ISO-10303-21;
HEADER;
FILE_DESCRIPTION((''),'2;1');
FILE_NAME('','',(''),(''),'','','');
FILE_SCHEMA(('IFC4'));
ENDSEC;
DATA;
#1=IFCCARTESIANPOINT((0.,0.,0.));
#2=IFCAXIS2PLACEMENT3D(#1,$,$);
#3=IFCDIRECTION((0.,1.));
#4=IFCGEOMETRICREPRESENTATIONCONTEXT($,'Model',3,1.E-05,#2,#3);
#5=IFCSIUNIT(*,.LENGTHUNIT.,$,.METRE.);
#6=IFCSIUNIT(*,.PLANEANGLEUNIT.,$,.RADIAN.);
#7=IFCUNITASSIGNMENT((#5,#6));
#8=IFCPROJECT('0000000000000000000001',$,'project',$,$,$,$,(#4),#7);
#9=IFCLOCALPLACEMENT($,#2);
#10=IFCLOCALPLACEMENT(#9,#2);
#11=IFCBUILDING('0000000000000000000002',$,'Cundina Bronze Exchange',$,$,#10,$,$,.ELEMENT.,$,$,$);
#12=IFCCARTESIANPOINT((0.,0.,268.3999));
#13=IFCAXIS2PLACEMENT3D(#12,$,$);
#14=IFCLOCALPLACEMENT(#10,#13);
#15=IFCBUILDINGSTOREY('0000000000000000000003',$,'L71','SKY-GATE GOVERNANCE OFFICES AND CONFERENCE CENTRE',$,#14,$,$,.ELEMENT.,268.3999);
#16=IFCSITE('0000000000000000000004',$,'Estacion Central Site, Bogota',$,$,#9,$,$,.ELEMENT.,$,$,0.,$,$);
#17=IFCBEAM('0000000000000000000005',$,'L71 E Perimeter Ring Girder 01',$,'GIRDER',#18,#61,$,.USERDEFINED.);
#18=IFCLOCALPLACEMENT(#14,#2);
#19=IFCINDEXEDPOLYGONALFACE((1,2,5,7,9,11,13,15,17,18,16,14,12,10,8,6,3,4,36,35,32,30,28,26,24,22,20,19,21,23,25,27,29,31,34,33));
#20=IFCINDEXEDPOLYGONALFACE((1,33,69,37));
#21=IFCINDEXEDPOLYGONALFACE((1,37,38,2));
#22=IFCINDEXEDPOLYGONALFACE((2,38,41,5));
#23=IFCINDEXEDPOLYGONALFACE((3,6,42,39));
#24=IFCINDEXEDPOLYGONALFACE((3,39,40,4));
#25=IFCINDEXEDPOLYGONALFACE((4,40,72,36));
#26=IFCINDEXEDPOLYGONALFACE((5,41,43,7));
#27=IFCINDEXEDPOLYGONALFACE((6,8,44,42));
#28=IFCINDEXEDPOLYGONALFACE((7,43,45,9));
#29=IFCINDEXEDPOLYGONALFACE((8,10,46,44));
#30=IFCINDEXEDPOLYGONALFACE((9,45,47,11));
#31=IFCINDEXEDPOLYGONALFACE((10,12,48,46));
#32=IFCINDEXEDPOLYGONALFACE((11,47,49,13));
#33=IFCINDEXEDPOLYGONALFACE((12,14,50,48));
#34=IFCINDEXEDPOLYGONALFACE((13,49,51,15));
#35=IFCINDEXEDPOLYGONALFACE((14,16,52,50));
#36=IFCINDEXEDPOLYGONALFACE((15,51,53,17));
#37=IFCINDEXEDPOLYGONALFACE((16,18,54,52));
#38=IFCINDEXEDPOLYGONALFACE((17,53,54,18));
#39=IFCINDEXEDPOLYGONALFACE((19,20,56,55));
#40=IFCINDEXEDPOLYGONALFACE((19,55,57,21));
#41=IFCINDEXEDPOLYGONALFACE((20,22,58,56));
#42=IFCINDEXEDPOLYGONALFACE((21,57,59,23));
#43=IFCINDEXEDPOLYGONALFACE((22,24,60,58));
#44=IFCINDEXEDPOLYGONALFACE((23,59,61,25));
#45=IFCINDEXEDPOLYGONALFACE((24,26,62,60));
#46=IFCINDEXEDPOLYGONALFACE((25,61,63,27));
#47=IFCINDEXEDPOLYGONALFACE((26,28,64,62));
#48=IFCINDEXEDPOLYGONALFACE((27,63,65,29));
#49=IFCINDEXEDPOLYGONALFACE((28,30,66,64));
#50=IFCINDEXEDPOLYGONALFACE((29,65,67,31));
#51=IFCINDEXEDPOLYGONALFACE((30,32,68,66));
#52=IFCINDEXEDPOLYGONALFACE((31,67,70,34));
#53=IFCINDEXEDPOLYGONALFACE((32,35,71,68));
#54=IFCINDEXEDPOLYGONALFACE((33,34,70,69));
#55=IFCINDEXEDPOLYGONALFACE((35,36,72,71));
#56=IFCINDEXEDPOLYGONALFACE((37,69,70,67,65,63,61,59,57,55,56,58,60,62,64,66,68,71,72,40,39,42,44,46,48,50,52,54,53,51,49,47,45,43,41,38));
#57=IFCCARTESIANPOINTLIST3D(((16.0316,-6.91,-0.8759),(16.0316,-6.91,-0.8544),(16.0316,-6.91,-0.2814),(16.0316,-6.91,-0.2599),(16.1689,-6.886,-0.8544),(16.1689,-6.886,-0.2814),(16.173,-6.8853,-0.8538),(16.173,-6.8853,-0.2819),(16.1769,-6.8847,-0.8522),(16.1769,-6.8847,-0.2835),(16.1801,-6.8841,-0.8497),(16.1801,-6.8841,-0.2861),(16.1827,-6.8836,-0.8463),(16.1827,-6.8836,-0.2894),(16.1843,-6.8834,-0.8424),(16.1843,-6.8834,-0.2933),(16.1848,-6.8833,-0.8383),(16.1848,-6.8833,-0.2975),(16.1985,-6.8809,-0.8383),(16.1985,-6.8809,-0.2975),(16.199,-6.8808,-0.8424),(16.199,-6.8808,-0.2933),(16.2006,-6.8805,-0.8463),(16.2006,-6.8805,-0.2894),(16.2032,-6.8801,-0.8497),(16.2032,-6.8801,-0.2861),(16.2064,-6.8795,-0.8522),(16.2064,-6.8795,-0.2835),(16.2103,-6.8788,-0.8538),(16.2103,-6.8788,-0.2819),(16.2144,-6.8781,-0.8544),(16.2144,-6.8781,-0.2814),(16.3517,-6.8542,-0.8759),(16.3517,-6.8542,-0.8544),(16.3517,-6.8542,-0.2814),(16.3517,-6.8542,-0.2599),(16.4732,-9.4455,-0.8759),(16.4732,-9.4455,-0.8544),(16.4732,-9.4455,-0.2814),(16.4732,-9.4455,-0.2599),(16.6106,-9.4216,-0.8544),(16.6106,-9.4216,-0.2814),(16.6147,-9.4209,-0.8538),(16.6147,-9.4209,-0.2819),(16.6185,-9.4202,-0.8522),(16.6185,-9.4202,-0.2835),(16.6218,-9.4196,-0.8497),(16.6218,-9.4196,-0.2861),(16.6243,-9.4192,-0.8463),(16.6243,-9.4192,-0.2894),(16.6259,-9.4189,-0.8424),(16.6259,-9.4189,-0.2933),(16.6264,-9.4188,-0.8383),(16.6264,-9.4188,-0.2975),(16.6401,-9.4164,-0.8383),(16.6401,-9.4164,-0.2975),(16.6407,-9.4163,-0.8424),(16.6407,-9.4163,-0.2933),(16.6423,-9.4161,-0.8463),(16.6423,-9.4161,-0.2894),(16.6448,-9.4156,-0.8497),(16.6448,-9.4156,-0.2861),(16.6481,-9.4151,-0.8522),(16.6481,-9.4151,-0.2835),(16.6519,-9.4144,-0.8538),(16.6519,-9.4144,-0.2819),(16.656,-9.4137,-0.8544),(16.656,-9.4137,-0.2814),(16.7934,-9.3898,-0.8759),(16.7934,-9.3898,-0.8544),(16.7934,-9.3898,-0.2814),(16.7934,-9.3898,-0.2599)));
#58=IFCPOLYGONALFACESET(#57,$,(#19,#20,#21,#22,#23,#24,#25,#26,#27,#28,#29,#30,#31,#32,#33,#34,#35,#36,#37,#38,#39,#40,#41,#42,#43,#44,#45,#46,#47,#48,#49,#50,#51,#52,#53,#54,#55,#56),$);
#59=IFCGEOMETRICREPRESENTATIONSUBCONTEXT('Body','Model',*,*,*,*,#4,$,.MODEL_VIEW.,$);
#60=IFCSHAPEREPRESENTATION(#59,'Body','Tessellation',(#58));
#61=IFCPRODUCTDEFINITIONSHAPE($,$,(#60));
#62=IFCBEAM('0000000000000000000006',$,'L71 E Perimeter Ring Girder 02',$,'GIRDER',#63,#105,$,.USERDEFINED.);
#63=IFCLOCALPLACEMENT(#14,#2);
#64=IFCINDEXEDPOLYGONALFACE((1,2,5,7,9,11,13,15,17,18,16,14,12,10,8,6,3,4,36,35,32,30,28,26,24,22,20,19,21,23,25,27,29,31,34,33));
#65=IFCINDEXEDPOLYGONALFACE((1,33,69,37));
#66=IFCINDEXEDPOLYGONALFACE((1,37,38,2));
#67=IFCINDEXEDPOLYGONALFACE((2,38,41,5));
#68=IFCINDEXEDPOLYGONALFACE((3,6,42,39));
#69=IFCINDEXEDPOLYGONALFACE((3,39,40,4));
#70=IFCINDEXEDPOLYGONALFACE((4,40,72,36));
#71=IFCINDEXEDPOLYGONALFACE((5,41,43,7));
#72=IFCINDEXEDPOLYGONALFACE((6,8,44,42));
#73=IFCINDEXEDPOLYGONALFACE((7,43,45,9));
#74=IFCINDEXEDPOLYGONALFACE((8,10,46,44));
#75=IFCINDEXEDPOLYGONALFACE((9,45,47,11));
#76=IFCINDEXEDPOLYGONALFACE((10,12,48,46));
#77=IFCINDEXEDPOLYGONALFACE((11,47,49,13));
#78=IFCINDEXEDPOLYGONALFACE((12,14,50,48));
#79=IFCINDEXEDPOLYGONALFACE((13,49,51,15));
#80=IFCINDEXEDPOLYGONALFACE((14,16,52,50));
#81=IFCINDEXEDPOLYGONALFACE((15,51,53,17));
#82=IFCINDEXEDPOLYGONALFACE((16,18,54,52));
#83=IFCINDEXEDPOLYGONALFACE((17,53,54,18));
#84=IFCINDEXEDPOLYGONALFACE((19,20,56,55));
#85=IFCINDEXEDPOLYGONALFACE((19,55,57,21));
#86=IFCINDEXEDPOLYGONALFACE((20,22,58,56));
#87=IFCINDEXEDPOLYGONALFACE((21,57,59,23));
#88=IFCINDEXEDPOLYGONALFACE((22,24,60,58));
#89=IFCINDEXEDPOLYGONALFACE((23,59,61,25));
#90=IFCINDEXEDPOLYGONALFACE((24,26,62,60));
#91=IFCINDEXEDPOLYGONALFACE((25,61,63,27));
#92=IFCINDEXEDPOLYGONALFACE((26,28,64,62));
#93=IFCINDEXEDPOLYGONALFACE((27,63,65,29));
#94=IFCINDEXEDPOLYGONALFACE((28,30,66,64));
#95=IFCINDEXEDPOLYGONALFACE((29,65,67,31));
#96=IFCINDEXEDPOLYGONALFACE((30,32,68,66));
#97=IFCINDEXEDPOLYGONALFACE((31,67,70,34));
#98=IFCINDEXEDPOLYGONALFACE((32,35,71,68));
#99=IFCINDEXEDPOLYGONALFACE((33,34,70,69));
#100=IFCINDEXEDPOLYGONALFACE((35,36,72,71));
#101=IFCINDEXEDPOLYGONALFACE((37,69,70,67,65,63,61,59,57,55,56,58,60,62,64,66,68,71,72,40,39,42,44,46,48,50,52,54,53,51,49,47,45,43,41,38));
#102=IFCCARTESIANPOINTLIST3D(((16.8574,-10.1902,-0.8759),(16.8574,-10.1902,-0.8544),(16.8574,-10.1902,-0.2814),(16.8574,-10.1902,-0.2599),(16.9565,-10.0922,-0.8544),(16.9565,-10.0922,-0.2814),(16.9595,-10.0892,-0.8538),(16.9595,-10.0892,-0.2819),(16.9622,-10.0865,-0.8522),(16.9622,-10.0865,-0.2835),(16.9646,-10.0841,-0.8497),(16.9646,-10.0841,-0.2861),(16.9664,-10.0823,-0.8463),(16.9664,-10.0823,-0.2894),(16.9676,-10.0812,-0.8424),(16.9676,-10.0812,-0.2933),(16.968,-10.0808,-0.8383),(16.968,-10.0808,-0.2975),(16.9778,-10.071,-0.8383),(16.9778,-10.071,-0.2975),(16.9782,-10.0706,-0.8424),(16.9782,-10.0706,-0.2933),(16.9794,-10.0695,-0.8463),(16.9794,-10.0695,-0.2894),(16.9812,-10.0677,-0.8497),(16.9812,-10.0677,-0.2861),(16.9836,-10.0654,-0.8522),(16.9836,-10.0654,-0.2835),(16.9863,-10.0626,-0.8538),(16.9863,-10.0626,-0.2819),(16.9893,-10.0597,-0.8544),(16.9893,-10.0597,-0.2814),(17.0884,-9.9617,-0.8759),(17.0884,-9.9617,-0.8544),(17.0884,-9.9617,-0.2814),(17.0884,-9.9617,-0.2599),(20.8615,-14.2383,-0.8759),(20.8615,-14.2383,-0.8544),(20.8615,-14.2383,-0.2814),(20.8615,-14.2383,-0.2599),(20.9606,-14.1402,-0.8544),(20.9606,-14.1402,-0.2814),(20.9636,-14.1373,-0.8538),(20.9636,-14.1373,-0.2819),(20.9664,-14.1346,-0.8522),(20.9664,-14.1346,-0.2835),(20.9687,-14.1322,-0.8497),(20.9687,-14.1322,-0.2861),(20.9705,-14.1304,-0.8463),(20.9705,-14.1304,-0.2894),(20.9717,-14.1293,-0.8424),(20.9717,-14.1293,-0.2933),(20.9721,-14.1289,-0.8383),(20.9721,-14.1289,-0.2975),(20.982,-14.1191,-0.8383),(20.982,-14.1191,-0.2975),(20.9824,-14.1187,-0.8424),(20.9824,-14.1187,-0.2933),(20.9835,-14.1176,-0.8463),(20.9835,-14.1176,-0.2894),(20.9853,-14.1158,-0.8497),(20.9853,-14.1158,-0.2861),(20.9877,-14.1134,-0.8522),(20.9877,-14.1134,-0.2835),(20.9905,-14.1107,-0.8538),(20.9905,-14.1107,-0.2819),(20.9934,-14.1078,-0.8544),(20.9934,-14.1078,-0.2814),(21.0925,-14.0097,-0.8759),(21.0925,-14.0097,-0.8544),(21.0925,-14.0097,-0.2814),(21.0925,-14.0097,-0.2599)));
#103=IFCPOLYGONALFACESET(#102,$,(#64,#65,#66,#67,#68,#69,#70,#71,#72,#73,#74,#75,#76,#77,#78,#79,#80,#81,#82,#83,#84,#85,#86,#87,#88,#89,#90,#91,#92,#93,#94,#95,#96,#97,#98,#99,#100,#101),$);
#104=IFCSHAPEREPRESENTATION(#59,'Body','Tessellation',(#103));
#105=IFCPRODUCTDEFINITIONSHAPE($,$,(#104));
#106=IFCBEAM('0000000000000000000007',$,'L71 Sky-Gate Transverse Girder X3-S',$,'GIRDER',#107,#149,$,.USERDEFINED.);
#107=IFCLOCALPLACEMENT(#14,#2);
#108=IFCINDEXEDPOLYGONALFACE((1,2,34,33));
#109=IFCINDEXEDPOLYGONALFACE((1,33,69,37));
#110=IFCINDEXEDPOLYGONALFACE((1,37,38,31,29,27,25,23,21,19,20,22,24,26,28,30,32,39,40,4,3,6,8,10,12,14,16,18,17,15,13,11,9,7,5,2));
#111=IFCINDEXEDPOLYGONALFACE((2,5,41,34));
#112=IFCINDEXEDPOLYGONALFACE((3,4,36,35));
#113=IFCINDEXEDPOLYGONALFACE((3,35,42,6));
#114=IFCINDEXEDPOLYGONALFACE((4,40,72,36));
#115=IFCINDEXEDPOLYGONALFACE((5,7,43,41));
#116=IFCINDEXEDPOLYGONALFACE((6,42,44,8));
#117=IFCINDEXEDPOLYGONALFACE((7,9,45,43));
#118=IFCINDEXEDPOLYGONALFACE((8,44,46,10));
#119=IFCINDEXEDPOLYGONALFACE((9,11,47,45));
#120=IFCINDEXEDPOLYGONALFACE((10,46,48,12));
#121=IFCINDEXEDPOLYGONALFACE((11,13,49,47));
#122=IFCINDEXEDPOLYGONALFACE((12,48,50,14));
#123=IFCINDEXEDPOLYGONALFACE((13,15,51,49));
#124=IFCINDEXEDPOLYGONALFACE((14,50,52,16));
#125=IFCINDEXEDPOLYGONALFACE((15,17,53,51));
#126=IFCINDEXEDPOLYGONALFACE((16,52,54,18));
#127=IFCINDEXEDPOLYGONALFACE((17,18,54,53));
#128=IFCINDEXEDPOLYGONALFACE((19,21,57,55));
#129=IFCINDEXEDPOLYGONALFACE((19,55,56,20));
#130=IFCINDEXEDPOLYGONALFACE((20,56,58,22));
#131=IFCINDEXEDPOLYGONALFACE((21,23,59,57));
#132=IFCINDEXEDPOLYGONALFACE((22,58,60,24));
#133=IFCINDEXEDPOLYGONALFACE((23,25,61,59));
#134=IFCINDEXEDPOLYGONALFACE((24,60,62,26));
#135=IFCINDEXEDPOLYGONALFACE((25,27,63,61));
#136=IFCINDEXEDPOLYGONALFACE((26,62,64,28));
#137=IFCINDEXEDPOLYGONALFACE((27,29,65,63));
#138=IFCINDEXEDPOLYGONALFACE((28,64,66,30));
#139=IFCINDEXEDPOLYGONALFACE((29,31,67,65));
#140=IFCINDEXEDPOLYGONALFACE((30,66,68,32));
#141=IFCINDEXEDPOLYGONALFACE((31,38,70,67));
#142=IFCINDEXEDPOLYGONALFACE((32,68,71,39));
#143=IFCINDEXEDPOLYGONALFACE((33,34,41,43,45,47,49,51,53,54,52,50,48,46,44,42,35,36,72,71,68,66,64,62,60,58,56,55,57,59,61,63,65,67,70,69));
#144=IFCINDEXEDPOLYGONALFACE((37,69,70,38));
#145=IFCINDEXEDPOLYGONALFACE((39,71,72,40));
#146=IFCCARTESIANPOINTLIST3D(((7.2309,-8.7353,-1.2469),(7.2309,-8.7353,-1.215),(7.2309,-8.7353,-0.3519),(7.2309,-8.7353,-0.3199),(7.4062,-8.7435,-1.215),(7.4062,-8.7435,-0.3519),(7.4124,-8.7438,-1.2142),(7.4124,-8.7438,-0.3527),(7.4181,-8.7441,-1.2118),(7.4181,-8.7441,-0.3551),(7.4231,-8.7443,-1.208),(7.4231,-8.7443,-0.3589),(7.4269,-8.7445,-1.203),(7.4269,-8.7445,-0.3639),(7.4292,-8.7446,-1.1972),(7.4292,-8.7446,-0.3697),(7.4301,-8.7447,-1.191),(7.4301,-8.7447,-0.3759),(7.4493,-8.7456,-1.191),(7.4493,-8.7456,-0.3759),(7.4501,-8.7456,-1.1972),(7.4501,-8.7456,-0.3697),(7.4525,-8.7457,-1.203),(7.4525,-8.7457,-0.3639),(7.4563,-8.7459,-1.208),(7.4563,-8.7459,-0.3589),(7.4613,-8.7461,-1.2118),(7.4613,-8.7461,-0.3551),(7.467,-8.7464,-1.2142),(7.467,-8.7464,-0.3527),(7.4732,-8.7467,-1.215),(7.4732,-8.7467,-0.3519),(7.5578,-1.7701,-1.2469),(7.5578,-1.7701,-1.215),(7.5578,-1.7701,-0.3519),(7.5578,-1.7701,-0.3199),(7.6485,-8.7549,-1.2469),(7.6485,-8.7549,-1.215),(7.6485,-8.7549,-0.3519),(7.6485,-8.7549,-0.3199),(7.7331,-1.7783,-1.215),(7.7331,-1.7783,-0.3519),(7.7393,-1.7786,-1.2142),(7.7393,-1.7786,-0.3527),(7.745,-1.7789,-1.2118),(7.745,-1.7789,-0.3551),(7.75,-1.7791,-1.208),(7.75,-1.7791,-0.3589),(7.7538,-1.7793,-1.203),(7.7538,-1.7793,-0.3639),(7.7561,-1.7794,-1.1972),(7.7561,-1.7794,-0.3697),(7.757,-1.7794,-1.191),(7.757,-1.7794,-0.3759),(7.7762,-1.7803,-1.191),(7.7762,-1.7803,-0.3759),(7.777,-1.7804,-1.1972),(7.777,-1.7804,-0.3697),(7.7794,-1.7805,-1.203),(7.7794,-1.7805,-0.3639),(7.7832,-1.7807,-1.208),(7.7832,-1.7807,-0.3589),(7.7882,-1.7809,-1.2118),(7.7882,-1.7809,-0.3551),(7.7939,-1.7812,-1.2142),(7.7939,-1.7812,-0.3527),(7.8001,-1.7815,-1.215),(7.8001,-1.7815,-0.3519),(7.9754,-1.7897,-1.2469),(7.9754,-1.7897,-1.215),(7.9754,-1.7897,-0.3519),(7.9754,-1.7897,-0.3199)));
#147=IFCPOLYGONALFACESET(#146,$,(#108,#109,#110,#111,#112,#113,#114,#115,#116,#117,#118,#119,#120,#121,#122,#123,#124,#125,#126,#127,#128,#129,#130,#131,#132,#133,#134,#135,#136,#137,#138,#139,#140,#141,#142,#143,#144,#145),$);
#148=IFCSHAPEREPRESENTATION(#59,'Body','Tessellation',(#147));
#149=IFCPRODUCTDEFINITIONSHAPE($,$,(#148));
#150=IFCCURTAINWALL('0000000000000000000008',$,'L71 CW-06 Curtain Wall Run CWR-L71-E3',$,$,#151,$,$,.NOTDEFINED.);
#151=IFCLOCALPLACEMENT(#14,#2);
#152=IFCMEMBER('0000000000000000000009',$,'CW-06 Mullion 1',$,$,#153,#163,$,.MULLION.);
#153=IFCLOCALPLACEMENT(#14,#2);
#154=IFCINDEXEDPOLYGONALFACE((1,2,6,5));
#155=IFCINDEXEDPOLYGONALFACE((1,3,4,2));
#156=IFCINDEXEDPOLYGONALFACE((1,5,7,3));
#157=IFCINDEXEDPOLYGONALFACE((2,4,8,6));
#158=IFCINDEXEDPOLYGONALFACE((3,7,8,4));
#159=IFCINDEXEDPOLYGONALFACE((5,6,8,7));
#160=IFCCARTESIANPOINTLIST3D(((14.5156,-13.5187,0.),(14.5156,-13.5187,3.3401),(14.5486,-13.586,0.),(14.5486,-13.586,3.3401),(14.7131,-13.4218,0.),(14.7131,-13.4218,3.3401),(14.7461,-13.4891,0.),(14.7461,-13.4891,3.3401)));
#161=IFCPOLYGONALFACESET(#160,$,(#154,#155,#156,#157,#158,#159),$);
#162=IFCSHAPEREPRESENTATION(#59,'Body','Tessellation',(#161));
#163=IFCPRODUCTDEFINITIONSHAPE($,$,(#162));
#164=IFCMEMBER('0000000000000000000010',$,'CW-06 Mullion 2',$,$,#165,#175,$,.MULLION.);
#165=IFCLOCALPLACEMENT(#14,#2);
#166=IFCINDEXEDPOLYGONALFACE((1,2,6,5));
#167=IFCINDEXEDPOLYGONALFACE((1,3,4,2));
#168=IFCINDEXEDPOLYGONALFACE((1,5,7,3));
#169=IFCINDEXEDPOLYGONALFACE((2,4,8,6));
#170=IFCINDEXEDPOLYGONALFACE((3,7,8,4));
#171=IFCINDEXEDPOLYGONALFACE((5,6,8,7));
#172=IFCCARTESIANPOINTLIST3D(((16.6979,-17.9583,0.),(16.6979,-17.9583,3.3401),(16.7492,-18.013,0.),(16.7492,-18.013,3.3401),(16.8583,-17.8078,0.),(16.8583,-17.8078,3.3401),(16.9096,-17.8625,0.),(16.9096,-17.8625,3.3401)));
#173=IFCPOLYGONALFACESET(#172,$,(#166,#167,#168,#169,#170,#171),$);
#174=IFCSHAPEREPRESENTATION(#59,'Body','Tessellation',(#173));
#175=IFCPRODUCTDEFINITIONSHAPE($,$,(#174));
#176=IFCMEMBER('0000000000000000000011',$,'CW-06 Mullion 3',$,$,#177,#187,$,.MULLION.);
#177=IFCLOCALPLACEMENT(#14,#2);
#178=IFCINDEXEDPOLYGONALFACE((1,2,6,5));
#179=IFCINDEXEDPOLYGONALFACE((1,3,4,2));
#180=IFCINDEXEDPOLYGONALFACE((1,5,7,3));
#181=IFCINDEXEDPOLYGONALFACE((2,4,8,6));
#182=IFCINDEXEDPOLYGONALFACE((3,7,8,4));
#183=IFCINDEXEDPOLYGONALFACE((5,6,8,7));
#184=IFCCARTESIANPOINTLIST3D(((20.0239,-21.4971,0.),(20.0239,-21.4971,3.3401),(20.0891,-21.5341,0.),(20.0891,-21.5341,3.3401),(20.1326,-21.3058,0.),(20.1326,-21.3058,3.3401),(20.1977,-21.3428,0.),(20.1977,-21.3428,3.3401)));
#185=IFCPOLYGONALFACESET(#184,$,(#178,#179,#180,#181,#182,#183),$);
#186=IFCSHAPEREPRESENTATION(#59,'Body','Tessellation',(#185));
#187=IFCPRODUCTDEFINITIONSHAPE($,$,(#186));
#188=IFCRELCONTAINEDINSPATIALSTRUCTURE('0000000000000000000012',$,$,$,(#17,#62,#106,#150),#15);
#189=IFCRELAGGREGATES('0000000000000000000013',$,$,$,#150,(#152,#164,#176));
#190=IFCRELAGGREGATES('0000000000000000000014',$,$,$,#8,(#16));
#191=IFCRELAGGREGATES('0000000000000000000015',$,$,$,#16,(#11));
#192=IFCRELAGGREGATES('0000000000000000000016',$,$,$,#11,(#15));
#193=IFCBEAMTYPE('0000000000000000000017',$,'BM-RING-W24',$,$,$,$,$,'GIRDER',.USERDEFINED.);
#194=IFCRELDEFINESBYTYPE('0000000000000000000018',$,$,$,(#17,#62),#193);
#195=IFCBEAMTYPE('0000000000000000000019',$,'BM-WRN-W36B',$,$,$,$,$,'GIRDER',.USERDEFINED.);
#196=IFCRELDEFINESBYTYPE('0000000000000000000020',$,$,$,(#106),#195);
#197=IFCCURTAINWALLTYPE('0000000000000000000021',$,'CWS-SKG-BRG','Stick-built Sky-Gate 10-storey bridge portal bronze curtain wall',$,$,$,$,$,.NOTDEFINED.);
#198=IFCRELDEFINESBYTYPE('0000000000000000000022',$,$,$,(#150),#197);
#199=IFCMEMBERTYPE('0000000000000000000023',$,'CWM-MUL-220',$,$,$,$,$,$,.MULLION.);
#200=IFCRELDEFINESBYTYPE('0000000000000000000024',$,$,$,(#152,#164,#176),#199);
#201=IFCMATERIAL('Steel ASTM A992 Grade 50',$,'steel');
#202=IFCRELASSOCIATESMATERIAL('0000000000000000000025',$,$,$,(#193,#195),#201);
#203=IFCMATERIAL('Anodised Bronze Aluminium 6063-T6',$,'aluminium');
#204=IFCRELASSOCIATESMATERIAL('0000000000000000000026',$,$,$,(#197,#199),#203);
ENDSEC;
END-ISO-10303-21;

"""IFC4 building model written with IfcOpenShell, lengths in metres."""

from ifc_helpers import new_model, si_unit, direction, frame, origin, origin_2d, place, context, subcontext, project, spatial, rectangle, i_section, extrude, material, material_profile, profile_set, type_object, element, aggregate, save


model = new_model("IFC4")

# Units and contexts
model_context = context("Model", 3, precision=1e-05, world=origin(), true_north=direction((0.0, 1.0)))
body_context = subcontext(model_context, "Body", "Model", "MODEL_VIEW")
ifc_project = project(units=[si_unit("LENGTHUNIT", "METRE"), si_unit("PLANEANGLEUNIT", "RADIAN")], contexts=[model_context])

# Site, building, storey
site_placement = place(None, origin())
site = spatial("IfcSite", under=ifc_project, at=site_placement, Name="Estacion Central Site, Bogota", CompositionType="ELEMENT", RefElevation=0.0)
building_placement = place(site_placement, origin())
building = spatial("IfcBuilding", under=site, at=building_placement, Name="Cundina Bronze Exchange", CompositionType="ELEMENT")
storey_placement = place(building_placement, frame((0.0, 0.0, 268.3999)))
storey = spatial("IfcBuildingStorey", under=building, at=storey_placement, Name="L71", Description="SKY-GATE GOVERNANCE OFFICES AND CONFERENCE CENTRE", CompositionType="ELEMENT", Elevation=268.3999)

# Beams
ifc_material_1 = material(Name="Steel ASTM A992 Grade 50", Category="steel")
ifc_material_profile_1 = material_profile(ifc_material_1, i_section(OverallWidth=0.325, OverallDepth=0.616, WebThickness=0.0139, FlangeThickness=0.0215, FilletRadius=0.0161, at=origin_2d()), Name="W24X117", Category="steel")
ifc_profile_set_1 = profile_set([ifc_material_profile_1], Name="Steel ASTM A992 Grade 50")
beam_type_1 = type_object("IfcBeamType", Name="BM-RING-W24", ElementType="GIRDER", PredefinedType="USERDEFINED", material=ifc_profile_set_1)
beam_1_placement = place(storey_placement, frame((16.1917, -6.8821, -0.5679), z_axis=(0.171593, -0.985168, 0.0), x_axis=(0.985168, 0.171593, 0.0)))
element("IfcBeam", 1, at=beam_1_placement, inside=storey, type_object=beam_type_1, Name="L71 E Perimeter Ring Girder 01", ObjectType="GIRDER", PredefinedType="USERDEFINED", context=body_context, shape_type="SweptSolid", body=[
    extrude(i_section(OverallWidth=0.325, OverallDepth=0.616, WebThickness=0.0139, FlangeThickness=0.0215, FilletRadius=0.0161, at=origin_2d()), origin(), (0.0, 0.0, 1.0), 2.5737),
])
beam_2_placement = place(storey_placement, frame((16.9729, -10.0759, -0.5679), z_axis=(0.703237, -0.710955, 0.0), x_axis=(0.710955, 0.703237, 0.0)))
element("IfcBeam", 2, at=beam_2_placement, inside=storey, type_object=beam_type_1, Name="L71 E Perimeter Ring Girder 02", ObjectType="GIRDER", PredefinedType="USERDEFINED", context=body_context, shape_type="SweptSolid", body=[
    extrude(i_section(OverallWidth=0.325, OverallDepth=0.616, WebThickness=0.0139, FlangeThickness=0.0215, FilletRadius=0.0161, at=origin_2d()), origin(), (0.0, 0.0, 1.0), 5.6938),
])
ifc_material_profile_2 = material_profile(ifc_material_1, i_section(OverallWidth=0.418, OverallDepth=0.927, WebThickness=0.0193, FlangeThickness=0.032, FilletRadius=0.0239, at=origin_2d()), Name="W36X231", Category="steel")
ifc_profile_set_2 = profile_set([ifc_material_profile_2], Name="Steel ASTM A992 Grade 50")
beam_type_2 = type_object("IfcBeamType", Name="BM-WRN-W36B", ElementType="GIRDER", PredefinedType="USERDEFINED", material=ifc_profile_set_2)
beam_3_placement = place(storey_placement, frame((7.4397, -8.7451, -0.7834), z_axis=(0.046881, 0.9989, 0.0), x_axis=(-0.9989, 0.046881, 0.0)))
element("IfcBeam", 3, at=beam_3_placement, inside=storey, type_object=beam_type_2, Name="L71 Sky-Gate Transverse Girder X3-S", ObjectType="GIRDER", PredefinedType="USERDEFINED", context=body_context, shape_type="SweptSolid", body=[
    extrude(i_section(OverallWidth=0.418, OverallDepth=0.927, WebThickness=0.0193, FlangeThickness=0.032, FilletRadius=0.0239, at=origin_2d()), origin(), (0.0, 0.0, 1.0), 6.9729),
])

# Curtain wall, members
ifc_material_2 = material(Name="Anodised Bronze Aluminium 6063-T6", Category="aluminium")
curtain_wall_type = type_object("IfcCurtainWallType", Name="CWS-SKG-BRG", Description="Stick-built Sky-Gate 10-storey bridge portal bronze curtain wall", PredefinedType="NOTDEFINED", material=ifc_material_2)
curtain_wall_1_placement = place(storey_placement, origin())
curtain_wall_1 = element("IfcCurtainWall", 4, at=curtain_wall_1_placement, inside=storey, type_object=curtain_wall_type, Name="L71 CW-06 Curtain Wall Run CWR-L71-E3", PredefinedType="NOTDEFINED")
ifc_material_profile_3 = material_profile(ifc_material_2, rectangle(XDim=0.075, YDim=0.22, at=origin_2d()), Name="AL75X220", Category="aluminium")
ifc_profile_set_3 = profile_set([ifc_material_profile_3], Name="Anodised Bronze Aluminium 6063-T6")
member_type_1 = type_object("IfcMemberType", Name="CWM-MUL-220", PredefinedType="MULLION", material=ifc_profile_set_3)
member_1_placement = place(storey_placement, frame((14.6309, -13.5039, 0.0), z_axis=(0.0, 0.0, 1.0), x_axis=(0.440566, -0.89772, 0.0)))
member_1 = element("IfcMember", 5, at=member_1_placement, type_object=member_type_1, Name="CW-06 Mullion 1", PredefinedType="MULLION", context=body_context, shape_type="SweptSolid", body=[
    extrude(rectangle(XDim=0.075, YDim=0.22, at=origin_2d()), origin(), (0.0, 0.0, 1.0), 3.3401),
])
member_2_placement = place(storey_placement, frame((16.8037, -17.9104, 0.0), z_axis=(0.0, 0.0, 1.0), x_axis=(0.684293, -0.729208, 0.0)))
member_2 = element("IfcMember", 6, at=member_2_placement, type_object=member_type_1, Name="CW-06 Mullion 2", PredefinedType="MULLION", context=body_context, shape_type="SweptSolid", body=[
    extrude(rectangle(XDim=0.075, YDim=0.22, at=origin_2d()), origin(), (0.0, 0.0, 1.0), 3.3401),
])
member_3_placement = place(storey_placement, frame((20.1108, -21.4199, 0.0), z_axis=(0.0, 0.0, 1.0), x_axis=(0.869581, -0.49379, 0.0)))
member_3 = element("IfcMember", 7, at=member_3_placement, type_object=member_type_1, Name="CW-06 Mullion 3", PredefinedType="MULLION", context=body_context, shape_type="SweptSolid", body=[
    extrude(rectangle(XDim=0.075, YDim=0.22, at=origin_2d()), origin(), (0.0, 0.0, 1.0), 3.3401),
])

aggregate(curtain_wall_1, [member_1, member_2, member_3])

save(model, "model.ifc")
